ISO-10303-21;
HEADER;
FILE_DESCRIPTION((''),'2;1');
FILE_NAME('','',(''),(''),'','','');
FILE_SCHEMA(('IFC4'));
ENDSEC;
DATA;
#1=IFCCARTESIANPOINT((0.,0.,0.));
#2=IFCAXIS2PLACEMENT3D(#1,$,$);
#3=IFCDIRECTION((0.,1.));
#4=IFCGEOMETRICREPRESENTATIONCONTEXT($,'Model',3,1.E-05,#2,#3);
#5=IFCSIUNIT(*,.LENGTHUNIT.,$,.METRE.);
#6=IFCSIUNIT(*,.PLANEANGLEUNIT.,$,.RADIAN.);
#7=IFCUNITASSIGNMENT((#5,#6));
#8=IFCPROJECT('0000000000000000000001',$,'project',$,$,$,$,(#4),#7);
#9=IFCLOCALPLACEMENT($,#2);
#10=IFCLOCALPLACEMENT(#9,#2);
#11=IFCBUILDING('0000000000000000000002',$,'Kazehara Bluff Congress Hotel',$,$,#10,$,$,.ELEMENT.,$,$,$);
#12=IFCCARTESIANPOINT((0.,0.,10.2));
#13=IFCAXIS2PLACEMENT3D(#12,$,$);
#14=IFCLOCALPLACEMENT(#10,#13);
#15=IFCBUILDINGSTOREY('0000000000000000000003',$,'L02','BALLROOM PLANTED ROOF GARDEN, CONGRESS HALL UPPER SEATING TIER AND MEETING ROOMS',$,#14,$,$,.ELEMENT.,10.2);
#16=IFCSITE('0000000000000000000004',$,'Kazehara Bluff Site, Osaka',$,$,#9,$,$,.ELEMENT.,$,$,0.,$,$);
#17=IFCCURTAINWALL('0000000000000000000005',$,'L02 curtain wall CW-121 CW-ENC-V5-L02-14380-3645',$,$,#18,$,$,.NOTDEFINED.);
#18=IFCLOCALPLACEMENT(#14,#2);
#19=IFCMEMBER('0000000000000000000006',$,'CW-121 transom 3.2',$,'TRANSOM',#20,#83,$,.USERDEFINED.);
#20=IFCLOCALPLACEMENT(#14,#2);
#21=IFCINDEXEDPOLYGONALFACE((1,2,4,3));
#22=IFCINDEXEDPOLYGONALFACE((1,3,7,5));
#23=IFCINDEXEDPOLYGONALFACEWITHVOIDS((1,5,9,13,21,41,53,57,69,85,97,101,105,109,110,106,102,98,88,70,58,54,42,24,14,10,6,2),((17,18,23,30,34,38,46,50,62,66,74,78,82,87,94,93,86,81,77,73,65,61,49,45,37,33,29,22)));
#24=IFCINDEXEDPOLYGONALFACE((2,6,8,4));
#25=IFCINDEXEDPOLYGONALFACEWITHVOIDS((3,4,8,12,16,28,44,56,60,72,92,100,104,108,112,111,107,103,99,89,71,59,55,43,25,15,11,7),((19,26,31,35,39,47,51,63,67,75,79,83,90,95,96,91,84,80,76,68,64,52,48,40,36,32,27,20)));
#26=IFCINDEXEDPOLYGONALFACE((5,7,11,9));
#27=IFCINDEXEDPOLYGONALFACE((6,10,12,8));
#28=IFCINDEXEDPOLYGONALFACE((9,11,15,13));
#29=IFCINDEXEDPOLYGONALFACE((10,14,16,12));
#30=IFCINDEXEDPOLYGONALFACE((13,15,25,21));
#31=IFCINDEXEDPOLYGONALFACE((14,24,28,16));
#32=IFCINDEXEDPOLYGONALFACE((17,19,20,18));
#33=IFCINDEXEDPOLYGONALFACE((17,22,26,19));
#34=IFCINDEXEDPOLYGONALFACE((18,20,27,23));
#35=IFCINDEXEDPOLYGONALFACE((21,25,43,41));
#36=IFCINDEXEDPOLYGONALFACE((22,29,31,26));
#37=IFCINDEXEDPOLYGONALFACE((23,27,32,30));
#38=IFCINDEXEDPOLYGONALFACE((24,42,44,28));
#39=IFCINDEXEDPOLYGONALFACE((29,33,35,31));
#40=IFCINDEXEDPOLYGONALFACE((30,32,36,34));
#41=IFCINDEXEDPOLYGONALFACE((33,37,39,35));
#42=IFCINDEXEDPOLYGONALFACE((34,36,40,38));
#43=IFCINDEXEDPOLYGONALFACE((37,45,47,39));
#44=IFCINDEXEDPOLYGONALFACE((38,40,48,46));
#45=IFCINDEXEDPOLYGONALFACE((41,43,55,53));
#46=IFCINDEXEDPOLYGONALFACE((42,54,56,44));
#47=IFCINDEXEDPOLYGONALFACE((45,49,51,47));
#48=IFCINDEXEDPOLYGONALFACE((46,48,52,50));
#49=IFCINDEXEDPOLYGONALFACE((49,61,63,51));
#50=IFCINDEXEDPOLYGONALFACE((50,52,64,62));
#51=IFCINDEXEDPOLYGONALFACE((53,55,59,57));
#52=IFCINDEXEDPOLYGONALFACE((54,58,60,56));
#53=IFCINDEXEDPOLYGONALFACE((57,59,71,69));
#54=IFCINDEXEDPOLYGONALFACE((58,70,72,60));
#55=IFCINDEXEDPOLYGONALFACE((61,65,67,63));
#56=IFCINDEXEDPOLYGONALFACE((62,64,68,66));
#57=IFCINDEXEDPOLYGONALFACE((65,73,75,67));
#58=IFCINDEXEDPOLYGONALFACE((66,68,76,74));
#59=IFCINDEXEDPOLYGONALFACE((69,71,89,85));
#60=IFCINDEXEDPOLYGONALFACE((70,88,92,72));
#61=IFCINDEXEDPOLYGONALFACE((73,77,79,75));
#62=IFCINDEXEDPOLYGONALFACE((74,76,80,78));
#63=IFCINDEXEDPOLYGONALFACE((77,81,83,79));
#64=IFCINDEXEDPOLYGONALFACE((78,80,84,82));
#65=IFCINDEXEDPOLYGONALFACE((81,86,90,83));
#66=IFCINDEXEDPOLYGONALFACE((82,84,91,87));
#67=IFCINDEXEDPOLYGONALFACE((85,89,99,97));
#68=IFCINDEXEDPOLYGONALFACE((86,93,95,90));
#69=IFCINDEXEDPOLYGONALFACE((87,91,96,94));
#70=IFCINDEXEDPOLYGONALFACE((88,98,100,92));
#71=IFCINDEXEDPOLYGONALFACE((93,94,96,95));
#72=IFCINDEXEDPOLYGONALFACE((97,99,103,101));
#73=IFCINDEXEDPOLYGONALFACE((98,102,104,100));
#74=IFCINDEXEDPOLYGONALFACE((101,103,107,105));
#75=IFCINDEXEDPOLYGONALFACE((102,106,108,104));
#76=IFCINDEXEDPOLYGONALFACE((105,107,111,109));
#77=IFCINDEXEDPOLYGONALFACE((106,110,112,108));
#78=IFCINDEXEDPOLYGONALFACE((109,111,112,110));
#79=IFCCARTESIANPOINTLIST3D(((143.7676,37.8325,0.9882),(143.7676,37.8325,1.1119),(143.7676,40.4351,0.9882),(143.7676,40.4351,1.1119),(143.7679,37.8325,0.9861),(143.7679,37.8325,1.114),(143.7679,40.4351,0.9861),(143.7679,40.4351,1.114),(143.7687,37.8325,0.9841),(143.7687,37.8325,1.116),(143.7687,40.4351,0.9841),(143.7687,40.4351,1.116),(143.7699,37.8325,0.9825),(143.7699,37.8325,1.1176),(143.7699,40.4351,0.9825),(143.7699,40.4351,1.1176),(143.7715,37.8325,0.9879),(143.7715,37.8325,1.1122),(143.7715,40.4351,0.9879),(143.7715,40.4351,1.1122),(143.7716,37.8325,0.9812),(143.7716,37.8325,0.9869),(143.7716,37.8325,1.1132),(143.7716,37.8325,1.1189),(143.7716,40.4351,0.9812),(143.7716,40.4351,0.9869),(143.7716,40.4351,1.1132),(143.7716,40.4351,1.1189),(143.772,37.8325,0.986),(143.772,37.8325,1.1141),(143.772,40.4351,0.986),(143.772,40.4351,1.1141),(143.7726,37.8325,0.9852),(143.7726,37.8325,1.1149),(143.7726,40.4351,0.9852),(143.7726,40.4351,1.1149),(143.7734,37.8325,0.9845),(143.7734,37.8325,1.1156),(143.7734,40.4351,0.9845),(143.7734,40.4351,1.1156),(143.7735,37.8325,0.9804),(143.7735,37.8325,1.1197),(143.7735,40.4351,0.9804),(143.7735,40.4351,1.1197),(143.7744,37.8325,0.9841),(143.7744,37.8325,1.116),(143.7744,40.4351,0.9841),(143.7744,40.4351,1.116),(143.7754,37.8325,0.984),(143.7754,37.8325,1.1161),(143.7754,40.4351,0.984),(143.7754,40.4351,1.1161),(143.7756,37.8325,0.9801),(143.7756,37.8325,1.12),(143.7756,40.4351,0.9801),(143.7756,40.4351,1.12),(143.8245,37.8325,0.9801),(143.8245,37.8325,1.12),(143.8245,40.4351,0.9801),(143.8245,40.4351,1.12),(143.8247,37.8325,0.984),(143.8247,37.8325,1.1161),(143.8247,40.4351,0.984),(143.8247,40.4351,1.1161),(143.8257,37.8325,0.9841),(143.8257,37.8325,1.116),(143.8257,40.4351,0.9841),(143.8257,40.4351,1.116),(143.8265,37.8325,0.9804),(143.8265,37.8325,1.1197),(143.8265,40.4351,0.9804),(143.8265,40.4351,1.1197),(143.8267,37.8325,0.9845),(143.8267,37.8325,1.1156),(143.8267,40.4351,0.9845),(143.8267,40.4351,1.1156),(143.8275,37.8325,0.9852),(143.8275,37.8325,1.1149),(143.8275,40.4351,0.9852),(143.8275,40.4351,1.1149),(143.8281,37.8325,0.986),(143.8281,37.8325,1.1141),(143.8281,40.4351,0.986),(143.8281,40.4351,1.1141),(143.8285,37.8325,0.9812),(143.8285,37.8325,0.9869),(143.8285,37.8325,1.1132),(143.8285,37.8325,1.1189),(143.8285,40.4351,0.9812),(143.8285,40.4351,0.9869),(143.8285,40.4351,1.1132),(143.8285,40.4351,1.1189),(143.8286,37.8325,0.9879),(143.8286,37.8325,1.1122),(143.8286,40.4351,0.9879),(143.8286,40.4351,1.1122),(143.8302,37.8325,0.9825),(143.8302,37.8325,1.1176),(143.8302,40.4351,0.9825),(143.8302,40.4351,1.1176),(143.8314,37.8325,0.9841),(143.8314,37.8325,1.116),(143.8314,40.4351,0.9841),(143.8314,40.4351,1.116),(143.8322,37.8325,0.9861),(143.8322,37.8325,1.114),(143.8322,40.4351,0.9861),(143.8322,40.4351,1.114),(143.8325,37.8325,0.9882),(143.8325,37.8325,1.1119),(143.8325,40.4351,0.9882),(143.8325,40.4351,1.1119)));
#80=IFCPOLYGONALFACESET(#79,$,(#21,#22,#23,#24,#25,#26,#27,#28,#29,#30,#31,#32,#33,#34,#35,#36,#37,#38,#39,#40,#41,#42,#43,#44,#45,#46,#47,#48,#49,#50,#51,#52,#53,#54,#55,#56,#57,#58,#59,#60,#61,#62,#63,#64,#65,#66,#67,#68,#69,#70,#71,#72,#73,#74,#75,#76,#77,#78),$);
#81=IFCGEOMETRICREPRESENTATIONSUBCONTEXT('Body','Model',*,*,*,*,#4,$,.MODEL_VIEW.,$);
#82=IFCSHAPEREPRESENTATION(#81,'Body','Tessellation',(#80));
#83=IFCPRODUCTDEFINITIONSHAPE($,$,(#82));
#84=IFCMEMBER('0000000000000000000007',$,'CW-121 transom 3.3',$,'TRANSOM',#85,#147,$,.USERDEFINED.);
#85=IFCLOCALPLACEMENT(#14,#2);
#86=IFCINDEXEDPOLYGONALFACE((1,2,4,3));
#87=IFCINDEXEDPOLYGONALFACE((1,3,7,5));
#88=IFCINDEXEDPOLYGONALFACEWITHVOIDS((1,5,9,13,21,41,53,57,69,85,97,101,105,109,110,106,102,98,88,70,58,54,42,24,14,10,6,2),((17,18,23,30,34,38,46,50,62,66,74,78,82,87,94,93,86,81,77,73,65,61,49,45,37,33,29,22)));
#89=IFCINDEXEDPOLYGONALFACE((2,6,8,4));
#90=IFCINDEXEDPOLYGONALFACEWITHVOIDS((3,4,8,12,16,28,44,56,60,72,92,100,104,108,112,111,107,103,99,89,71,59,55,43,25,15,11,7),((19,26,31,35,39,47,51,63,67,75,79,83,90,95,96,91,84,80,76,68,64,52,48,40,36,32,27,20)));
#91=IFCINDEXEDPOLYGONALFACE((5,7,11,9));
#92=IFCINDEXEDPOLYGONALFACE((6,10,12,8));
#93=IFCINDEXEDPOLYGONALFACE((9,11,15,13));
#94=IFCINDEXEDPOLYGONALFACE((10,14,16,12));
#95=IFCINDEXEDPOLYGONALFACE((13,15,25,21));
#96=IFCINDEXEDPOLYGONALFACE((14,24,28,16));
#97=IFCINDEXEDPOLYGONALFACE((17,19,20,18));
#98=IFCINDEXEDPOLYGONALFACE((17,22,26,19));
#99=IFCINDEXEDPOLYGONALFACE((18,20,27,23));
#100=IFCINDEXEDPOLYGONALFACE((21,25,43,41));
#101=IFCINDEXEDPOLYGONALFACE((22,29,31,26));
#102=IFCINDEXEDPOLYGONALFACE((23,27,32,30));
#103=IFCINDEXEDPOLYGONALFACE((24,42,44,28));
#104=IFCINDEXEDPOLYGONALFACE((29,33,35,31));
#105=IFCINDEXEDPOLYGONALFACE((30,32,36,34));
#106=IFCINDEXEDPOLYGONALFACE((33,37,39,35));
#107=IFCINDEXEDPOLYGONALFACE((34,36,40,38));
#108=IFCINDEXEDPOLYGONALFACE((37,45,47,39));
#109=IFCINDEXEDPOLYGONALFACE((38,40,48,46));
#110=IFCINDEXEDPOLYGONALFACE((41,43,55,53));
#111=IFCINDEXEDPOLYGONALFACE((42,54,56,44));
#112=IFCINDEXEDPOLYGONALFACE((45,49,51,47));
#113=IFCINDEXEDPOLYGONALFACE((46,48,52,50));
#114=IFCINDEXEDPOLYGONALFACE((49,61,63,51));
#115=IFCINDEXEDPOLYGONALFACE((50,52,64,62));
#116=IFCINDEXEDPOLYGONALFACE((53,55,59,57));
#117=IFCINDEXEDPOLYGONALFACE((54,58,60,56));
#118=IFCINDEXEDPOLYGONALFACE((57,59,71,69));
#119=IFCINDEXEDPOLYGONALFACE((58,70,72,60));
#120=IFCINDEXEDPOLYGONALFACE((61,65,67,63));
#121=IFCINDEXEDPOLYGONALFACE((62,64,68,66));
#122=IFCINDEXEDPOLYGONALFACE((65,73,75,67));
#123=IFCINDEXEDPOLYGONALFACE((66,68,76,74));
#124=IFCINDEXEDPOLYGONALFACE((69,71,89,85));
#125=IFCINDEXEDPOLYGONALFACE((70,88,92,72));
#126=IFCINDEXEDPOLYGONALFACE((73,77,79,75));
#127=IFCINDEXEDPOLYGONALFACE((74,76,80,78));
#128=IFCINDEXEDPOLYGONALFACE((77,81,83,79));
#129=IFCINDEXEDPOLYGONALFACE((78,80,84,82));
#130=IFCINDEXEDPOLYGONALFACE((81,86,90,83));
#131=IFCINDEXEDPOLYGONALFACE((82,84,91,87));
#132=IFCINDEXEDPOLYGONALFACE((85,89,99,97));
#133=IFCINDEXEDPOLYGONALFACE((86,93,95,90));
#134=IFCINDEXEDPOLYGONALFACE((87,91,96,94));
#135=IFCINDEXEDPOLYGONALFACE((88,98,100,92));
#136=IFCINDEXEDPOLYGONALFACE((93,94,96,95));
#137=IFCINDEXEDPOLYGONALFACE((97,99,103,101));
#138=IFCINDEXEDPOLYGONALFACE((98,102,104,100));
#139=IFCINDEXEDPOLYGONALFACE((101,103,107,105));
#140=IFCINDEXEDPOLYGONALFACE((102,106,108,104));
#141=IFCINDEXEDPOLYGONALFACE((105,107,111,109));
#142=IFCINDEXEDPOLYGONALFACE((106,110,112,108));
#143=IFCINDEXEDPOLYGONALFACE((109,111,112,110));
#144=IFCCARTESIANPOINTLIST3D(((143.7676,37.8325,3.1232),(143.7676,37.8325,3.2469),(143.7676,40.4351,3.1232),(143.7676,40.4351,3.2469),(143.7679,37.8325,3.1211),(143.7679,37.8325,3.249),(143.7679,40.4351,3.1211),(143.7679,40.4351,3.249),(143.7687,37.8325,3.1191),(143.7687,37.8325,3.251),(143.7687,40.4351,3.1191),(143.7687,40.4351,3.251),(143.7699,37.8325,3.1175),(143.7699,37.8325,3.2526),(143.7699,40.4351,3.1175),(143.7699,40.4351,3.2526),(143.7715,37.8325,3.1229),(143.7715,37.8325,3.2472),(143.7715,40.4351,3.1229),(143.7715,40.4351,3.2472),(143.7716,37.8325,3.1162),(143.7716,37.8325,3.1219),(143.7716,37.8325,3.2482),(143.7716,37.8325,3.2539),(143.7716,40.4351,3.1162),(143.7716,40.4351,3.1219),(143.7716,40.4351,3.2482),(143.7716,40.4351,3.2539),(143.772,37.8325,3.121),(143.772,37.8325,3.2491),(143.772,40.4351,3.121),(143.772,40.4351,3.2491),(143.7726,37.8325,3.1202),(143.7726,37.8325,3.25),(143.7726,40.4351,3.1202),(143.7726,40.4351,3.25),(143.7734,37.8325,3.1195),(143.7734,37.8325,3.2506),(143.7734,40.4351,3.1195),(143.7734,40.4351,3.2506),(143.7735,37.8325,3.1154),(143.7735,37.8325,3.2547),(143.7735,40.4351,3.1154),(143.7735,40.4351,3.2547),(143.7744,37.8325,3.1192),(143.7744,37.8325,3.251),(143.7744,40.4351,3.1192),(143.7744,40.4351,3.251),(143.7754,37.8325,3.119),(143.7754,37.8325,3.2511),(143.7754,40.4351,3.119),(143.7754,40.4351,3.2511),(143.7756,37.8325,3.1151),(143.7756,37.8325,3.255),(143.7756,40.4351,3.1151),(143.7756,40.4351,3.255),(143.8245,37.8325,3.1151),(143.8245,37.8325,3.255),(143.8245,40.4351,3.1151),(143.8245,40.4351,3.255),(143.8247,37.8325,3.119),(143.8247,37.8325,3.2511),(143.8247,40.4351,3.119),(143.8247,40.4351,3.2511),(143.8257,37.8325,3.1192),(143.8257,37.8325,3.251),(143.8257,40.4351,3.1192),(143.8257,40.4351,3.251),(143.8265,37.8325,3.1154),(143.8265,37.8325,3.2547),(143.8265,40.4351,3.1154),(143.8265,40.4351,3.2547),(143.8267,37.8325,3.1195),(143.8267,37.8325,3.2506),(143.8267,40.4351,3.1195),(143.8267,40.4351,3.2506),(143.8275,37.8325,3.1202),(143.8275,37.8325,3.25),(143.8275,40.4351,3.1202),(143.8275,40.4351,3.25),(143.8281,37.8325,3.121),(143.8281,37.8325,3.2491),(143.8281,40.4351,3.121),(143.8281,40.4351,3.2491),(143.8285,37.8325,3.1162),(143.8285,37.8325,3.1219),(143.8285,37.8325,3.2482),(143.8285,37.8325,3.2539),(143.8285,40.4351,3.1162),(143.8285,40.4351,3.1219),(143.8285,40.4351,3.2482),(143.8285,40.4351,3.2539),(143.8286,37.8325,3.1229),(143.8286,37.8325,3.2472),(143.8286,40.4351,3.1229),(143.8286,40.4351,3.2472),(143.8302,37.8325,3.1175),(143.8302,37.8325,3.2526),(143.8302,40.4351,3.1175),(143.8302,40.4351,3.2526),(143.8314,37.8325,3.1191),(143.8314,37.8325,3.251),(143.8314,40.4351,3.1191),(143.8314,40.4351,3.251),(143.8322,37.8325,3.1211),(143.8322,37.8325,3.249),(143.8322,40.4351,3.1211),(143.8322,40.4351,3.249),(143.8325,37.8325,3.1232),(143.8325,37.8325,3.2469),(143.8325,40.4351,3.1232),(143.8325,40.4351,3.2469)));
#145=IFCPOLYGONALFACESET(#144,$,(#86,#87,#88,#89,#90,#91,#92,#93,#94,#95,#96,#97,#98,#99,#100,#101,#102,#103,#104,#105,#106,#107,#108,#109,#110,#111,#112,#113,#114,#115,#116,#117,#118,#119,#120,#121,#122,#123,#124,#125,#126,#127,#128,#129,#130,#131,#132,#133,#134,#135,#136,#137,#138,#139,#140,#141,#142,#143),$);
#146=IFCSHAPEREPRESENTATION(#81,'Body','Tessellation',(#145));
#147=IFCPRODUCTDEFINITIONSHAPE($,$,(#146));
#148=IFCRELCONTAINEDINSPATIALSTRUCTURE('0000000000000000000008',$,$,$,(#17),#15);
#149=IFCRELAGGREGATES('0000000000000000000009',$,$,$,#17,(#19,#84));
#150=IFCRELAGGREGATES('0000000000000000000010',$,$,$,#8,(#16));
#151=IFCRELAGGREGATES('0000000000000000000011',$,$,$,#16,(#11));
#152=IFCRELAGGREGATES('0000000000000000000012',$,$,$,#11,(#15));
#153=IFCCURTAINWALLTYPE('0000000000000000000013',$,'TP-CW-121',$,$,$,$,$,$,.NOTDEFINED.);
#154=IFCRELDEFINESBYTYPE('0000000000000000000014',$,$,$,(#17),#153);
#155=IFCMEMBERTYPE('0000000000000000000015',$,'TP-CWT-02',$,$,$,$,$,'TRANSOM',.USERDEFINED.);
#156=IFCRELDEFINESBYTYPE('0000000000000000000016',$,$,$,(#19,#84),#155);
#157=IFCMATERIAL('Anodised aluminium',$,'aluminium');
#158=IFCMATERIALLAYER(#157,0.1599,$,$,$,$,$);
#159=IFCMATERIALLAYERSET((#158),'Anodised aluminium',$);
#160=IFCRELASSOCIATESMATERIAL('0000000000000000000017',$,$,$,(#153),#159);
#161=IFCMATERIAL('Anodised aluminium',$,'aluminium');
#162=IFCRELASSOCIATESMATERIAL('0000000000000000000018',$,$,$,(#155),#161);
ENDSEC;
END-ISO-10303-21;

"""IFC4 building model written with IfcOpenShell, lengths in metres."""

from ifc_helpers import new_model, si_unit, direction, frame, origin, origin_2d, place, context, subcontext, project, spatial, hollow_rectangle, extrude, material, layer, layer_set, material_profile, profile_set, type_object, element, aggregate, save


model = new_model("IFC4")

# Units and contexts
model_context = context("Model", 3, precision=1e-05, world=origin(), true_north=direction((0.0, 1.0)))
body_context = subcontext(model_context, "Body", "Model", "MODEL_VIEW")
ifc_project = project(units=[si_unit("LENGTHUNIT", "METRE"), si_unit("PLANEANGLEUNIT", "RADIAN")], contexts=[model_context])

# Site, building, storey
site_placement = place(None, origin())
site = spatial("IfcSite", under=ifc_project, at=site_placement, Name="Kazehara Bluff Site, Osaka", CompositionType="ELEMENT", RefElevation=0.0)
building_placement = place(site_placement, origin())
building = spatial("IfcBuilding", under=site, at=building_placement, Name="Kazehara Bluff Congress Hotel", CompositionType="ELEMENT")
storey_placement = place(building_placement, frame((0.0, 0.0, 10.2)))
storey = spatial("IfcBuildingStorey", under=building, at=storey_placement, Name="L02", Description="BALLROOM PLANTED ROOF GARDEN, CONGRESS HALL UPPER SEATING TIER AND MEETING ROOMS", CompositionType="ELEMENT", Elevation=10.2)

# Curtain wall
ifc_material_1 = material(Name="Anodised aluminium", Category="aluminium")
ifc_layer_1 = layer(ifc_material_1, 0.1599)
ifc_layer_set_1 = layer_set([ifc_layer_1], Name="Anodised aluminium")
curtain_wall_type_1 = type_object("IfcCurtainWallType", Name="TP-CW-121", PredefinedType="NOTDEFINED", material=ifc_layer_set_1)
curtain_wall_1_placement = place(storey_placement, origin())
curtain_wall_1 = element("IfcCurtainWall", 1, at=curtain_wall_1_placement, inside=storey, type_object=curtain_wall_type_1, Name="L02 curtain wall CW-121 CW-ENC-V5-L02-14380-3645", PredefinedType="NOTDEFINED")

# Members
ifc_material_2 = material(Name="Anodised aluminium", Category="aluminium")
ifc_material_profile_1 = material_profile(ifc_material_2, hollow_rectangle(XDim=0.0649, YDim=0.1399, WallThickness=0.0039, InnerFilletRadius=0.0039, OuterFilletRadius=0.0081, at=origin_2d()))
ifc_profile_set_1 = profile_set([ifc_material_profile_1], Name="Anodised aluminium")
member_type_1 = type_object("IfcMemberType", Name="TP-CWT-02", ElementType="TRANSOM", PredefinedType="USERDEFINED", material=ifc_profile_set_1)
member_1_placement = place(storey_placement, frame((143.8, 37.8325, 1.05), z_axis=(0.0, 1.0, 0.0), x_axis=(-1.0, 0.0, 0.0)))
member_1 = element("IfcMember", 2, at=member_1_placement, type_object=member_type_1, Name="CW-121 transom 3.2", ObjectType="TRANSOM", PredefinedType="USERDEFINED", context=body_context, shape_type="SweptSolid", body=[
    extrude(hollow_rectangle(XDim=0.0649, YDim=0.1399, WallThickness=0.0039, InnerFilletRadius=0.0039, OuterFilletRadius=0.0081, at=origin_2d()), origin(), (0.0, 0.0, 1.0), 2.6025),
])
member_2_placement = place(storey_placement, frame((143.8, 37.8325, 3.1851), z_axis=(0.0, 1.0, 0.0), x_axis=(-1.0, 0.0, 0.0)))
member_2 = element("IfcMember", 3, at=member_2_placement, type_object=member_type_1, Name="CW-121 transom 3.3", ObjectType="TRANSOM", PredefinedType="USERDEFINED", context=body_context, shape_type="SweptSolid", body=[
    extrude(hollow_rectangle(XDim=0.0649, YDim=0.1399, WallThickness=0.0039, InnerFilletRadius=0.0039, OuterFilletRadius=0.0081, at=origin_2d()), origin(), (0.0, 0.0, 1.0), 2.6025),
])

aggregate(curtain_wall_1, [member_1, member_2])

save(model, "model.ifc")
